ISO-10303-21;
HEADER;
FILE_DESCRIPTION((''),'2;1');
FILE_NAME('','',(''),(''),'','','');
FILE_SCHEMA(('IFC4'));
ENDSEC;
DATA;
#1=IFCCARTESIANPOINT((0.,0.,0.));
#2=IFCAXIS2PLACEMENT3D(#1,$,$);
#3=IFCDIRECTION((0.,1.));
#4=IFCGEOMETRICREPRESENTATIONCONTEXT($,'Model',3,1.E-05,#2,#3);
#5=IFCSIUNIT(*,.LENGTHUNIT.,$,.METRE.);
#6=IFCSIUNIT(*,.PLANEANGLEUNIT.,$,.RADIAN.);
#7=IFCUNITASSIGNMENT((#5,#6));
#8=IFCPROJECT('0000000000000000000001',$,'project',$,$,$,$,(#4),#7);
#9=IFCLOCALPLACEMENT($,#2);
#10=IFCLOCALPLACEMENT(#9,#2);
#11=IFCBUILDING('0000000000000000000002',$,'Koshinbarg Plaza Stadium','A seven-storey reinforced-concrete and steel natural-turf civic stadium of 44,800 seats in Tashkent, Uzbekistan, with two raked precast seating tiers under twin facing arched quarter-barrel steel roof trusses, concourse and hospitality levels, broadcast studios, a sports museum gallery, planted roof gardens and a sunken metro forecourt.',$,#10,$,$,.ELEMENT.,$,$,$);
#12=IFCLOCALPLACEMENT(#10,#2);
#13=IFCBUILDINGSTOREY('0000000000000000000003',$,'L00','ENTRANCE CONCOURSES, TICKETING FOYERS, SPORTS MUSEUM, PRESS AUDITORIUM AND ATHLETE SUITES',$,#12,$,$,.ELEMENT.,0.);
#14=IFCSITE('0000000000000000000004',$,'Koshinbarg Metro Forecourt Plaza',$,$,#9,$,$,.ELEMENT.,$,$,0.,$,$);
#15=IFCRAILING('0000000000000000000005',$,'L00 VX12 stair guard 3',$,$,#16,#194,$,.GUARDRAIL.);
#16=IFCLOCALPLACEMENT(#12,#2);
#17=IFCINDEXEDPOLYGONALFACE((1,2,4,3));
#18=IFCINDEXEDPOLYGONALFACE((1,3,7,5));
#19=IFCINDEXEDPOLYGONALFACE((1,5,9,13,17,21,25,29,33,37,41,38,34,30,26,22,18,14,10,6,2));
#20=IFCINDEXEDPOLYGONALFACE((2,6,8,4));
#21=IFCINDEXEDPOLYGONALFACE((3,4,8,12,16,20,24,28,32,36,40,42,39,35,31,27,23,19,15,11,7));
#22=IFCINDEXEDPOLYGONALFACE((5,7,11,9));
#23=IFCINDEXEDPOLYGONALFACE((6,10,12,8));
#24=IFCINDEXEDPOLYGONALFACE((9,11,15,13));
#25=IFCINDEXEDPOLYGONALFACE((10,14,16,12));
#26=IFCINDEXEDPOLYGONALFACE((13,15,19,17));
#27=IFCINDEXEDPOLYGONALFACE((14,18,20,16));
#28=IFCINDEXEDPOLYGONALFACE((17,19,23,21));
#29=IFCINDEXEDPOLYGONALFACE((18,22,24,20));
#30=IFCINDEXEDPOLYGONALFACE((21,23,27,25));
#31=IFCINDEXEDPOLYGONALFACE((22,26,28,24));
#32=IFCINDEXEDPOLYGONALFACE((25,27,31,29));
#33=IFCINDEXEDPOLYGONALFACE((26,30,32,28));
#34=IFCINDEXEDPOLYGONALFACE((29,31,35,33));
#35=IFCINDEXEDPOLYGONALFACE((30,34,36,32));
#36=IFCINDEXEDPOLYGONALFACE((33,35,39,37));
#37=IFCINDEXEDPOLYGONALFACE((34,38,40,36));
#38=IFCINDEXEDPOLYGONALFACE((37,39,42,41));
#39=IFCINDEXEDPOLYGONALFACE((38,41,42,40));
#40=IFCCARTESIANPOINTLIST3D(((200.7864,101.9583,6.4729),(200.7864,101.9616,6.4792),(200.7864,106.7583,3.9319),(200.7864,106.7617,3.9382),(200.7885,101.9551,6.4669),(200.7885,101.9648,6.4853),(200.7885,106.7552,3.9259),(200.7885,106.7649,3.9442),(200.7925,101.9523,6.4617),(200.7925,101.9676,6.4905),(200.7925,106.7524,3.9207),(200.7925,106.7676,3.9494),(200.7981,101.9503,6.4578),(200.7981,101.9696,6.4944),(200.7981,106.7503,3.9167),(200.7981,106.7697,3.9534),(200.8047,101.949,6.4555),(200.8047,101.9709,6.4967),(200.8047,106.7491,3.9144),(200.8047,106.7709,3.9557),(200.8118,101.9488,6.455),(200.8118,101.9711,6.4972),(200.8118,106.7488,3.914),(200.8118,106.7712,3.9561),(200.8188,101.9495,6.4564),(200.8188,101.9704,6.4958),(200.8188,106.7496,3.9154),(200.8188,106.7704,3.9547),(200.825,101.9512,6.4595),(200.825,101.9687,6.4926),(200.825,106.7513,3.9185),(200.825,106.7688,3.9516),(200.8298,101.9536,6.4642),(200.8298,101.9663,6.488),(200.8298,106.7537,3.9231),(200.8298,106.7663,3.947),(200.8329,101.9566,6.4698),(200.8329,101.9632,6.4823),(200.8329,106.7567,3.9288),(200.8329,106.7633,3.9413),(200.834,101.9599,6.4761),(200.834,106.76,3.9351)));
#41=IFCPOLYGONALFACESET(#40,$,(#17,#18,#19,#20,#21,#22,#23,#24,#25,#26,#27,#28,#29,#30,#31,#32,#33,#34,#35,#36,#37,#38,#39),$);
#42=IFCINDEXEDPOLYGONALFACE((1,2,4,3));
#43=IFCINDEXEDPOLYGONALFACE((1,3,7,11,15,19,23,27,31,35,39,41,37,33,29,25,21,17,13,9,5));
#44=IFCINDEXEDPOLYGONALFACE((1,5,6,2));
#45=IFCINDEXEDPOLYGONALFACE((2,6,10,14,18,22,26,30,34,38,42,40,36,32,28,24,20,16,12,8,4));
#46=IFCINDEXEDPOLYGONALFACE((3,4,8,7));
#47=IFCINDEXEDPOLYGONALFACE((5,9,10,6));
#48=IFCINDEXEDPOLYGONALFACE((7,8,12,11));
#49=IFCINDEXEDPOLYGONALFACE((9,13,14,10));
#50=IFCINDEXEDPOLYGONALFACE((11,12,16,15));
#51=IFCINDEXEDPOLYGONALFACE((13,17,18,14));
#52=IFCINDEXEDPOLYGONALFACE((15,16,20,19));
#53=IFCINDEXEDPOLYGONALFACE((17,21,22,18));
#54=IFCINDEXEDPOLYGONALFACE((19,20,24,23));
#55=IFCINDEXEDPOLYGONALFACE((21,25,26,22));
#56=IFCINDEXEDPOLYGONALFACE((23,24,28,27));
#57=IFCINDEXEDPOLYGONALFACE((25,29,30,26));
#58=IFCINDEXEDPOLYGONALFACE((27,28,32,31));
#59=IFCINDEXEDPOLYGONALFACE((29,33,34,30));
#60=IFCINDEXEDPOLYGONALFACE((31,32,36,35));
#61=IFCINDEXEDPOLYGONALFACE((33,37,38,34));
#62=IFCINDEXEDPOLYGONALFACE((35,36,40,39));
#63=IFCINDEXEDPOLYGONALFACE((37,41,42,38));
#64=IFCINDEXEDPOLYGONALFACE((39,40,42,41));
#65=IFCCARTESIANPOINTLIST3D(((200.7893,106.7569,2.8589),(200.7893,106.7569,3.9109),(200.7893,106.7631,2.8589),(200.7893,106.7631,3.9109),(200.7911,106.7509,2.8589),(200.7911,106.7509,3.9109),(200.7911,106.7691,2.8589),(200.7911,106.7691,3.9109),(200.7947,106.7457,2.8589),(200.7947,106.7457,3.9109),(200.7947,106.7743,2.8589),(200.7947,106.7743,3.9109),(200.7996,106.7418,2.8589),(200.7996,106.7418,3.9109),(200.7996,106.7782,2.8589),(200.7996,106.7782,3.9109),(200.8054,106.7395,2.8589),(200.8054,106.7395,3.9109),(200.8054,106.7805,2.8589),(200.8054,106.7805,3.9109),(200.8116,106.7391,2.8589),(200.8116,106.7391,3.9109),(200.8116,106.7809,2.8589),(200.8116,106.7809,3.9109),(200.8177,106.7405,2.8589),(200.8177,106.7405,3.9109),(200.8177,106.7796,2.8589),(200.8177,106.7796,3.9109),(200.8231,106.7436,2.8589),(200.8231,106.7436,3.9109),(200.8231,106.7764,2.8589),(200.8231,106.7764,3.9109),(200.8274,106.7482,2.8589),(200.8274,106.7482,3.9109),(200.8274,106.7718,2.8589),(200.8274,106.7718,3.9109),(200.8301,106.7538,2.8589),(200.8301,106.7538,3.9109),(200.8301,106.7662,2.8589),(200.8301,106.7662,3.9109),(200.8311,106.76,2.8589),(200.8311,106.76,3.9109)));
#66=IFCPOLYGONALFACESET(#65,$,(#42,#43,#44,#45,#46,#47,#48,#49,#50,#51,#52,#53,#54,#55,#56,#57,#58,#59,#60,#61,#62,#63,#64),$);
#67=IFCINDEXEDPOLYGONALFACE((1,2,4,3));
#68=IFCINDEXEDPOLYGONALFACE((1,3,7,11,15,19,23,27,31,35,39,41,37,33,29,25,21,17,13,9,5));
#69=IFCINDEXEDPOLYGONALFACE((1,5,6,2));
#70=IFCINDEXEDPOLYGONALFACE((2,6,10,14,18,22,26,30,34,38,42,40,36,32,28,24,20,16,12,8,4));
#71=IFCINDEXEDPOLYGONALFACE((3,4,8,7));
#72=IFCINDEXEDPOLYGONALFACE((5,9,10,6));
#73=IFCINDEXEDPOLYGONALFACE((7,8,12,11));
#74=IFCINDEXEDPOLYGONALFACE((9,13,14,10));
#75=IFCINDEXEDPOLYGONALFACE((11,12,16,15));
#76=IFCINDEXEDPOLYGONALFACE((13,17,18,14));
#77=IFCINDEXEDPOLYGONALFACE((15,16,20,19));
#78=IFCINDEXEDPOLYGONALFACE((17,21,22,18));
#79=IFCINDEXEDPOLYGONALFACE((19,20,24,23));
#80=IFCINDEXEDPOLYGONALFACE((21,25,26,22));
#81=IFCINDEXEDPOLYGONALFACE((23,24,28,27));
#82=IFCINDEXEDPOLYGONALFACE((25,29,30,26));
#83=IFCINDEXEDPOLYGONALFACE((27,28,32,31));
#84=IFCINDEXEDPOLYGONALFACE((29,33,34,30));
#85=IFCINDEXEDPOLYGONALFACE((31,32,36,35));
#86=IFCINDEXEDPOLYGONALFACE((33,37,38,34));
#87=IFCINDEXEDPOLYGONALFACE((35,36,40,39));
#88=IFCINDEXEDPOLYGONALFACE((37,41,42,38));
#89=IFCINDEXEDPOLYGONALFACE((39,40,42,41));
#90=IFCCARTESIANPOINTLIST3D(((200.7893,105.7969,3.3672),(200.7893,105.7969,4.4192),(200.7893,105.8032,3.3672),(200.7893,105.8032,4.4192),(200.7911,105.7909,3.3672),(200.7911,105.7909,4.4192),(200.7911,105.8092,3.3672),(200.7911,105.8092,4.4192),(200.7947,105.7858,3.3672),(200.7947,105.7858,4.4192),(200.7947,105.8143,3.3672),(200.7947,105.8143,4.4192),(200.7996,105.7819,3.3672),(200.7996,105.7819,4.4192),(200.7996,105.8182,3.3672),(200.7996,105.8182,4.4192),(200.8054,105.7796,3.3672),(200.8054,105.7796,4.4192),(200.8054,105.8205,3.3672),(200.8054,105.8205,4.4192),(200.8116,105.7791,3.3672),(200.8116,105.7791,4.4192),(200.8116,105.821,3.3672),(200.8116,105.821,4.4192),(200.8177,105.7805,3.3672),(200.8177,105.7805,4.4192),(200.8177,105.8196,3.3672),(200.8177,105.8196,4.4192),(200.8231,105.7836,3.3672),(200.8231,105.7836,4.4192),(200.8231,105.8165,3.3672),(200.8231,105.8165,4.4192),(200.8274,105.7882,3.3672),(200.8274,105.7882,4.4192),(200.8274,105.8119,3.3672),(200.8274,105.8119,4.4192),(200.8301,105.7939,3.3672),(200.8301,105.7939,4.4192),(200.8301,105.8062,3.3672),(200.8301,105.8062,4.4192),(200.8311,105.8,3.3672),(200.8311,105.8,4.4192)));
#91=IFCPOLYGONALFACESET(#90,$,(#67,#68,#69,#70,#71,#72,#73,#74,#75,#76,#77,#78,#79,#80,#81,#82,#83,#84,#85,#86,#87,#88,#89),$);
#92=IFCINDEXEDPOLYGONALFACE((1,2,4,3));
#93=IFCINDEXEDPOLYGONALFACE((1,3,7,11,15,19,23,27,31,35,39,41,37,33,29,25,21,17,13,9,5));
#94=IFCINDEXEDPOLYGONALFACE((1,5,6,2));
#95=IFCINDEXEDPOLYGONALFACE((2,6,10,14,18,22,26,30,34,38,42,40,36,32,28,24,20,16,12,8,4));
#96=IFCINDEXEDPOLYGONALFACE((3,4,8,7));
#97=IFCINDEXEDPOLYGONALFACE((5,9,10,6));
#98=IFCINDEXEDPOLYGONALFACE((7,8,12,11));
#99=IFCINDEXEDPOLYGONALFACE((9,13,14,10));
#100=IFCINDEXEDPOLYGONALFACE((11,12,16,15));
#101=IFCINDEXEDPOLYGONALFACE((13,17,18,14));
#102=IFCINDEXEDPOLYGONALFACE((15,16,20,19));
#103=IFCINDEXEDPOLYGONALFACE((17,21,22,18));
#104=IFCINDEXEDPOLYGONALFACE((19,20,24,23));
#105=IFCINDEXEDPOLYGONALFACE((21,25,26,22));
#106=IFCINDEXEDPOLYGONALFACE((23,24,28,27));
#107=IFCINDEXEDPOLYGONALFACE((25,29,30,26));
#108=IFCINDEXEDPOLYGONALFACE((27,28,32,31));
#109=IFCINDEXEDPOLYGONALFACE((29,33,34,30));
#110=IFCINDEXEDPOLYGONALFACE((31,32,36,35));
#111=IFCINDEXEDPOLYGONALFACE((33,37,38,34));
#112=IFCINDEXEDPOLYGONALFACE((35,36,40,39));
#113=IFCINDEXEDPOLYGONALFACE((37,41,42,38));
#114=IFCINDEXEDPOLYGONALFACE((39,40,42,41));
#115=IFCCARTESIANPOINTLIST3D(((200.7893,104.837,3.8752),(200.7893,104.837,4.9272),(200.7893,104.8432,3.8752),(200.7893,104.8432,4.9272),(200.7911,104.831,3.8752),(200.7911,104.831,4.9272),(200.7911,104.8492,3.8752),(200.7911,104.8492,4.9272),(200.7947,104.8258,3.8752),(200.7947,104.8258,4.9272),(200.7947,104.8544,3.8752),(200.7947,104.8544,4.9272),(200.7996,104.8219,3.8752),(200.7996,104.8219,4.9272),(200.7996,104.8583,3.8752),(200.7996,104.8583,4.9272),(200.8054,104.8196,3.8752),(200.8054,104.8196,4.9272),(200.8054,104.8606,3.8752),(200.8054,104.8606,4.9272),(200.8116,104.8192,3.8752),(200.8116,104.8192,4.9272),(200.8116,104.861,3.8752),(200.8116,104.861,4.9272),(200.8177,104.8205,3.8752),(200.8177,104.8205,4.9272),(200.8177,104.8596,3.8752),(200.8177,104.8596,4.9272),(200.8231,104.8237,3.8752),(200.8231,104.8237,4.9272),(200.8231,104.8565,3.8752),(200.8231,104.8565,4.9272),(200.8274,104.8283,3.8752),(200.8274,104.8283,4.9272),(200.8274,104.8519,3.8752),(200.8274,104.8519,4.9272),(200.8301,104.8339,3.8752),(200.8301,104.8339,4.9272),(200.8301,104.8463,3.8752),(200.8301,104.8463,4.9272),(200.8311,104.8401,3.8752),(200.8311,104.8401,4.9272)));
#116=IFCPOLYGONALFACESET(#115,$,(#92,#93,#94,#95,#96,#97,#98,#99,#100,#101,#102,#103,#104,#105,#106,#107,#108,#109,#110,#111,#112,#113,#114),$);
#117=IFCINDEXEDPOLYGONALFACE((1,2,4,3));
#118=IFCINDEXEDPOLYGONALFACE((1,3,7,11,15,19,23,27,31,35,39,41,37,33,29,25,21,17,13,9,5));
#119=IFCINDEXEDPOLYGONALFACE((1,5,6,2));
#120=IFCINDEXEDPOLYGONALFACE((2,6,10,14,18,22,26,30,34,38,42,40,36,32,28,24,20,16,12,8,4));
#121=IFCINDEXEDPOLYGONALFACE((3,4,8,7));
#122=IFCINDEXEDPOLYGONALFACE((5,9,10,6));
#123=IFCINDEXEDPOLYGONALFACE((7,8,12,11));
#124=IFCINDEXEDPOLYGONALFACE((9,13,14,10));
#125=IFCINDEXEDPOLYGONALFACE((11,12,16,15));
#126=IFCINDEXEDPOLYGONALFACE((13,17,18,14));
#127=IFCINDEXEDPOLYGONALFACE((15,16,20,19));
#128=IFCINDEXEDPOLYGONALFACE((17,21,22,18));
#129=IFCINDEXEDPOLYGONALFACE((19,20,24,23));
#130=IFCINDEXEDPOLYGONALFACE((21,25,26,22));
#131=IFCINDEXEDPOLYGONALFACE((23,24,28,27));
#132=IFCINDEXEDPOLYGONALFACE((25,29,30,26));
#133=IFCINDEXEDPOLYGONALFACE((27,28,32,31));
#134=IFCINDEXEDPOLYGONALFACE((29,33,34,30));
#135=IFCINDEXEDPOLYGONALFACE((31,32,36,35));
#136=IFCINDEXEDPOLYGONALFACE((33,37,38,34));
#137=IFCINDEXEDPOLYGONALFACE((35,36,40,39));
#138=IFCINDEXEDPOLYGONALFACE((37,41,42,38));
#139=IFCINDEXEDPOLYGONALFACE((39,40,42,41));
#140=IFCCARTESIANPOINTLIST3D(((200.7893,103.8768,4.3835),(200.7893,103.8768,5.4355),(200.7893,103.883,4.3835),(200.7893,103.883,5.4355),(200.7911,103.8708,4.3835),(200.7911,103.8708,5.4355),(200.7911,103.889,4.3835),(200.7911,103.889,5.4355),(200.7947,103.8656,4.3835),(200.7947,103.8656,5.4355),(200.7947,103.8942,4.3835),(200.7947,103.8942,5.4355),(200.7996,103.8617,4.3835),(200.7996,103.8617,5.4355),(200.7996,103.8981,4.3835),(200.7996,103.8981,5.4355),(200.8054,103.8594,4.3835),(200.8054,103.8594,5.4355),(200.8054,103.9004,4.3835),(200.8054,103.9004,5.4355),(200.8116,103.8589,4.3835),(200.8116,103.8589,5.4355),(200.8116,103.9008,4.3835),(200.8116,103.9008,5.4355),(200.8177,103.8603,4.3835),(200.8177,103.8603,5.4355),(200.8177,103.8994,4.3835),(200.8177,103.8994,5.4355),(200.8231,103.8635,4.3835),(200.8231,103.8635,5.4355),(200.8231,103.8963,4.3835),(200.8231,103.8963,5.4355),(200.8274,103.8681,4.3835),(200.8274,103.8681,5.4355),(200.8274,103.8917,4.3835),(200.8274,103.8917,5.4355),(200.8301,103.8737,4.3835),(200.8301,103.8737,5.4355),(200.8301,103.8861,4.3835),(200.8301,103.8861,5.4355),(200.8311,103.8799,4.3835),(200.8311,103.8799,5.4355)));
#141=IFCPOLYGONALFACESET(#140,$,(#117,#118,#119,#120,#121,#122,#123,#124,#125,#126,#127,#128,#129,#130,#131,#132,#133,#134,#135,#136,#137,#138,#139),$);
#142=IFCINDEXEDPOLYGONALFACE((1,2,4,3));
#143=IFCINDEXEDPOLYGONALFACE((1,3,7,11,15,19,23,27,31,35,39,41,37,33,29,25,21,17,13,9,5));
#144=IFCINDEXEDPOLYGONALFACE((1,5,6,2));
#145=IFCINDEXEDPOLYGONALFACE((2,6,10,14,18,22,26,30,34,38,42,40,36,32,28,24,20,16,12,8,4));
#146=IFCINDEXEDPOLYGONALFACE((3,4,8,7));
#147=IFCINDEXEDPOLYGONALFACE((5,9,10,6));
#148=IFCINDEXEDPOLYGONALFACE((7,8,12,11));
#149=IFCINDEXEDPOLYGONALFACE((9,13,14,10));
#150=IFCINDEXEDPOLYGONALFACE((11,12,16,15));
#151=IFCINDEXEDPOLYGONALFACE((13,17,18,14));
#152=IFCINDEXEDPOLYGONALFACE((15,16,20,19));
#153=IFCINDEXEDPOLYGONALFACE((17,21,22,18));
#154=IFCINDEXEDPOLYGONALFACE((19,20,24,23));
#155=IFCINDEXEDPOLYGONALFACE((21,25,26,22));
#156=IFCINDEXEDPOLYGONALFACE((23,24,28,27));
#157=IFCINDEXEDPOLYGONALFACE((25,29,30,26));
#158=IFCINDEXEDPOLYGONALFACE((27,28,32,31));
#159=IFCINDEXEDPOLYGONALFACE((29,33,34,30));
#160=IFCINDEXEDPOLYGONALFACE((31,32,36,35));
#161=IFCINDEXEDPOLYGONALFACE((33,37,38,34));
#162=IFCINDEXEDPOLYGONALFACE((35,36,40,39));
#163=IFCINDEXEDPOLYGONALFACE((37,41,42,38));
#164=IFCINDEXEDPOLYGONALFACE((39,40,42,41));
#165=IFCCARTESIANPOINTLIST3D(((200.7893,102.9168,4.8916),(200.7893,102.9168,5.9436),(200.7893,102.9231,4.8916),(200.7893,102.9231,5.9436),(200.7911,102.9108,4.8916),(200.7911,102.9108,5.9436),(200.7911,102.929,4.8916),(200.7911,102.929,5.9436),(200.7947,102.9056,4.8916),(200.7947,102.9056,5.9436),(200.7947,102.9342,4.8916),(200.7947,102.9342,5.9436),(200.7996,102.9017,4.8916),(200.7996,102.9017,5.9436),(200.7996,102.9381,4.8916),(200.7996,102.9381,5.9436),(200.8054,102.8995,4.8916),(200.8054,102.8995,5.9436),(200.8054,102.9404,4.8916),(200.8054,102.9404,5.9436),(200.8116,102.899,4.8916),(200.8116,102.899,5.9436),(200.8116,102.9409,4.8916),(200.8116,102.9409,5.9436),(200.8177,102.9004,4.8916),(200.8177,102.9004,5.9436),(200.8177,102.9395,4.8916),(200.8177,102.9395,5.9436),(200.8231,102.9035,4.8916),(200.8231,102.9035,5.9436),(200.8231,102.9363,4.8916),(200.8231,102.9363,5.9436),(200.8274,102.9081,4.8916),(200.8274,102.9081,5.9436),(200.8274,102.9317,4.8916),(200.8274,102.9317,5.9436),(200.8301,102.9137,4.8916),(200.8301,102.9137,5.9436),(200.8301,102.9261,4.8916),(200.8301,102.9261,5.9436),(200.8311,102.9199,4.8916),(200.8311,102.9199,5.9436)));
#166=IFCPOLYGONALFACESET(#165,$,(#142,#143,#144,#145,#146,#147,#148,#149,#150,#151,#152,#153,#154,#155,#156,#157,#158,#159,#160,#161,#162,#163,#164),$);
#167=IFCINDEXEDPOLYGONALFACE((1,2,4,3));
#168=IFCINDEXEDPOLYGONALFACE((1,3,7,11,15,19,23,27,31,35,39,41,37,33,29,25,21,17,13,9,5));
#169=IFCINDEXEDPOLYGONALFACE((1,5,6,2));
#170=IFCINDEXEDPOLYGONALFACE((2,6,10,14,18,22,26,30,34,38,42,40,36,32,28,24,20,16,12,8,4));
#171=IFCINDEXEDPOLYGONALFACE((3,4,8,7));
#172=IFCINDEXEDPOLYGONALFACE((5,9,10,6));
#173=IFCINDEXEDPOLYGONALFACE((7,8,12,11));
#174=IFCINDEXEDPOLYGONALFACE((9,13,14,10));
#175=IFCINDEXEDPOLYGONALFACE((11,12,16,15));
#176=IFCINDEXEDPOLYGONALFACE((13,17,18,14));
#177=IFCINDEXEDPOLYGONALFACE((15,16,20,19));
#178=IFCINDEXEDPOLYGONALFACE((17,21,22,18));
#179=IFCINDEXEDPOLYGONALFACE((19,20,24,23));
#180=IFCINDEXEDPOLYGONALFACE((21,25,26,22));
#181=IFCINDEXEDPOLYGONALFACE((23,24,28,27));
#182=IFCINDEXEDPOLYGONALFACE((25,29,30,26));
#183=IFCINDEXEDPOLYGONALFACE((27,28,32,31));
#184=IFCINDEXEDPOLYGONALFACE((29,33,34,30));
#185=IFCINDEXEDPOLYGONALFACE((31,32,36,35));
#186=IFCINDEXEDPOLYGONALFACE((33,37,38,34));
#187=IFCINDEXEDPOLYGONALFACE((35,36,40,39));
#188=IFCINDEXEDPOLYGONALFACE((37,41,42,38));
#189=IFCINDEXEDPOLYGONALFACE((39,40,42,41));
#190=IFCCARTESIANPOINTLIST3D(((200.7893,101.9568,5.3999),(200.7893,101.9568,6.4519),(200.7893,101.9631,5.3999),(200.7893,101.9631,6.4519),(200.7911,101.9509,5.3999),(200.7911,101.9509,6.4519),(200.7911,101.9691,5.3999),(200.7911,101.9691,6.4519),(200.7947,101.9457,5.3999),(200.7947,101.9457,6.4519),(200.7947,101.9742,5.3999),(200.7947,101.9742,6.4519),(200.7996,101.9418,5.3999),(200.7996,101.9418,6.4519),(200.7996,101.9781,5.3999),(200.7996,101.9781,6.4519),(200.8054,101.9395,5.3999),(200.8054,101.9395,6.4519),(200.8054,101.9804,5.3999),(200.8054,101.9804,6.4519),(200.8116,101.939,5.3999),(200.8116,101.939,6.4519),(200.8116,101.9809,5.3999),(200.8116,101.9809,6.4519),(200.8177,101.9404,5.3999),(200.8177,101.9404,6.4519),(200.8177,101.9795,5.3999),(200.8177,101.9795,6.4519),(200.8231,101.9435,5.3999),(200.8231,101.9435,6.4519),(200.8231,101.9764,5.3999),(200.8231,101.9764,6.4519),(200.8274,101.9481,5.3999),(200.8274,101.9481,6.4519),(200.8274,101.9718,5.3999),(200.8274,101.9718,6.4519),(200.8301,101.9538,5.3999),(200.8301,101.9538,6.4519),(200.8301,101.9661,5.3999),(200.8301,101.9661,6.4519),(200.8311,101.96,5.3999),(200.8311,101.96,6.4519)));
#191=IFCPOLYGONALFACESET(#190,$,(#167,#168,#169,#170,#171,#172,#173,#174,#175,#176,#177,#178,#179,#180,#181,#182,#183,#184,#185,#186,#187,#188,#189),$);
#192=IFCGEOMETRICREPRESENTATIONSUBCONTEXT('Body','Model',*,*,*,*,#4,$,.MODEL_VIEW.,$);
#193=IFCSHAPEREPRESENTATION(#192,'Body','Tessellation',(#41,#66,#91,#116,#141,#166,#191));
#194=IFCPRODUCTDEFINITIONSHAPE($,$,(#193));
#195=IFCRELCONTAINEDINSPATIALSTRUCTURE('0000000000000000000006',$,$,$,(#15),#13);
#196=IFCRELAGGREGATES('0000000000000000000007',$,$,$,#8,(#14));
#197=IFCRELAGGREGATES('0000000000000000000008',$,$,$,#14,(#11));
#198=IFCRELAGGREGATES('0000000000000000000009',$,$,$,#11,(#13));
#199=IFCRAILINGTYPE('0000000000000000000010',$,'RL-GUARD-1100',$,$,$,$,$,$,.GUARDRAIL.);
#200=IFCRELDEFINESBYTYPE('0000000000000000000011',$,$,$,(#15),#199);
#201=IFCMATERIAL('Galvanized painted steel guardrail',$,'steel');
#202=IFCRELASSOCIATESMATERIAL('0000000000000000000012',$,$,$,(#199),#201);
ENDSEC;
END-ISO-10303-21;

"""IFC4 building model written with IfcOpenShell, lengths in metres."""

from ifc_helpers import new_model, si_unit, direction, frame, origin, origin_2d, place, context, subcontext, project, spatial, circle, extrude, material, type_object, element, save


model = new_model("IFC4")

# Units and contexts
model_context = context("Model", 3, precision=1e-05, world=origin(), true_north=direction((0.0, 1.0)))
body_context = subcontext(model_context, "Body", "Model", "MODEL_VIEW")
ifc_project = project(units=[si_unit("LENGTHUNIT", "METRE"), si_unit("PLANEANGLEUNIT", "RADIAN")], contexts=[model_context])

# Site, building, storey
site_placement = place(None, origin())
site = spatial("IfcSite", under=ifc_project, at=site_placement, Name="Koshinbarg Metro Forecourt Plaza", CompositionType="ELEMENT", RefElevation=0.0)
building_placement = place(site_placement, origin())
building = spatial("IfcBuilding", under=site, at=building_placement, Name="Koshinbarg Plaza Stadium", Description="A seven-storey reinforced-concrete and steel natural-turf civic stadium of 44,800 seats in Tashkent, Uzbekistan, with two raked precast seating tiers under twin facing arched quarter-barrel steel roof trusses, concourse and hospitality levels, broadcast studios, a sports museum gallery, planted roof gardens and a sunken metro forecourt.", CompositionType="ELEMENT")
storey_placement = place(building_placement, origin())
storey = spatial("IfcBuildingStorey", under=building, at=storey_placement, Name="L00", Description="ENTRANCE CONCOURSES, TICKETING FOYERS, SPORTS MUSEUM, PRESS AUDITORIUM AND ATHLETE SUITES", CompositionType="ELEMENT", Elevation=0.0)

# Railing
ifc_material_1 = material(Name="Galvanized painted steel guardrail", Category="steel")
railing_type_1 = type_object("IfcRailingType", Name="RL-GUARD-1100", PredefinedType="GUARDRAIL", material=ifc_material_1)
railing_1_placement = place(storey_placement, frame((200.8101, 106.76, 2.8589)))
element("IfcRailing", 1, at=railing_1_placement, inside=storey, type_object=railing_type_1, Name="L00 VX12 stair guard 3", PredefinedType="GUARDRAIL", context=body_context, shape_type="SweptSolid", body=[
    extrude(circle(Radius=0.0239, at=origin_2d()), frame((0.0, 0.0, 1.0762), z_axis=(0.0, -0.883802, 0.467861), x_axis=(1.0, 0.0, 0.0)), (0.0, 0.0, 1.0), 5.4312),
    extrude(circle(Radius=0.021, at=origin_2d()), origin(), (0.0, 0.0, 1.0), 1.052),
    extrude(circle(Radius=0.021, at=origin_2d()), frame((0.0, -0.96, 0.5083)), (0.0, 0.0, 1.0), 1.052),
    extrude(circle(Radius=0.021, at=origin_2d()), frame((0.0, -1.9199, 1.0164)), (0.0, 0.0, 1.0), 1.052),
    extrude(circle(Radius=0.021, at=origin_2d()), frame((0.0, -2.8801, 1.5247)), (0.0, 0.0, 1.0), 1.052),
    extrude(circle(Radius=0.021, at=origin_2d()), frame((0.0, -3.8401, 2.0327)), (0.0, 0.0, 1.0), 1.052),
    extrude(circle(Radius=0.021, at=origin_2d()), frame((0.0, -4.8, 2.541)), (0.0, 0.0, 1.0), 1.052),
])

save(model, "model.ifc")
